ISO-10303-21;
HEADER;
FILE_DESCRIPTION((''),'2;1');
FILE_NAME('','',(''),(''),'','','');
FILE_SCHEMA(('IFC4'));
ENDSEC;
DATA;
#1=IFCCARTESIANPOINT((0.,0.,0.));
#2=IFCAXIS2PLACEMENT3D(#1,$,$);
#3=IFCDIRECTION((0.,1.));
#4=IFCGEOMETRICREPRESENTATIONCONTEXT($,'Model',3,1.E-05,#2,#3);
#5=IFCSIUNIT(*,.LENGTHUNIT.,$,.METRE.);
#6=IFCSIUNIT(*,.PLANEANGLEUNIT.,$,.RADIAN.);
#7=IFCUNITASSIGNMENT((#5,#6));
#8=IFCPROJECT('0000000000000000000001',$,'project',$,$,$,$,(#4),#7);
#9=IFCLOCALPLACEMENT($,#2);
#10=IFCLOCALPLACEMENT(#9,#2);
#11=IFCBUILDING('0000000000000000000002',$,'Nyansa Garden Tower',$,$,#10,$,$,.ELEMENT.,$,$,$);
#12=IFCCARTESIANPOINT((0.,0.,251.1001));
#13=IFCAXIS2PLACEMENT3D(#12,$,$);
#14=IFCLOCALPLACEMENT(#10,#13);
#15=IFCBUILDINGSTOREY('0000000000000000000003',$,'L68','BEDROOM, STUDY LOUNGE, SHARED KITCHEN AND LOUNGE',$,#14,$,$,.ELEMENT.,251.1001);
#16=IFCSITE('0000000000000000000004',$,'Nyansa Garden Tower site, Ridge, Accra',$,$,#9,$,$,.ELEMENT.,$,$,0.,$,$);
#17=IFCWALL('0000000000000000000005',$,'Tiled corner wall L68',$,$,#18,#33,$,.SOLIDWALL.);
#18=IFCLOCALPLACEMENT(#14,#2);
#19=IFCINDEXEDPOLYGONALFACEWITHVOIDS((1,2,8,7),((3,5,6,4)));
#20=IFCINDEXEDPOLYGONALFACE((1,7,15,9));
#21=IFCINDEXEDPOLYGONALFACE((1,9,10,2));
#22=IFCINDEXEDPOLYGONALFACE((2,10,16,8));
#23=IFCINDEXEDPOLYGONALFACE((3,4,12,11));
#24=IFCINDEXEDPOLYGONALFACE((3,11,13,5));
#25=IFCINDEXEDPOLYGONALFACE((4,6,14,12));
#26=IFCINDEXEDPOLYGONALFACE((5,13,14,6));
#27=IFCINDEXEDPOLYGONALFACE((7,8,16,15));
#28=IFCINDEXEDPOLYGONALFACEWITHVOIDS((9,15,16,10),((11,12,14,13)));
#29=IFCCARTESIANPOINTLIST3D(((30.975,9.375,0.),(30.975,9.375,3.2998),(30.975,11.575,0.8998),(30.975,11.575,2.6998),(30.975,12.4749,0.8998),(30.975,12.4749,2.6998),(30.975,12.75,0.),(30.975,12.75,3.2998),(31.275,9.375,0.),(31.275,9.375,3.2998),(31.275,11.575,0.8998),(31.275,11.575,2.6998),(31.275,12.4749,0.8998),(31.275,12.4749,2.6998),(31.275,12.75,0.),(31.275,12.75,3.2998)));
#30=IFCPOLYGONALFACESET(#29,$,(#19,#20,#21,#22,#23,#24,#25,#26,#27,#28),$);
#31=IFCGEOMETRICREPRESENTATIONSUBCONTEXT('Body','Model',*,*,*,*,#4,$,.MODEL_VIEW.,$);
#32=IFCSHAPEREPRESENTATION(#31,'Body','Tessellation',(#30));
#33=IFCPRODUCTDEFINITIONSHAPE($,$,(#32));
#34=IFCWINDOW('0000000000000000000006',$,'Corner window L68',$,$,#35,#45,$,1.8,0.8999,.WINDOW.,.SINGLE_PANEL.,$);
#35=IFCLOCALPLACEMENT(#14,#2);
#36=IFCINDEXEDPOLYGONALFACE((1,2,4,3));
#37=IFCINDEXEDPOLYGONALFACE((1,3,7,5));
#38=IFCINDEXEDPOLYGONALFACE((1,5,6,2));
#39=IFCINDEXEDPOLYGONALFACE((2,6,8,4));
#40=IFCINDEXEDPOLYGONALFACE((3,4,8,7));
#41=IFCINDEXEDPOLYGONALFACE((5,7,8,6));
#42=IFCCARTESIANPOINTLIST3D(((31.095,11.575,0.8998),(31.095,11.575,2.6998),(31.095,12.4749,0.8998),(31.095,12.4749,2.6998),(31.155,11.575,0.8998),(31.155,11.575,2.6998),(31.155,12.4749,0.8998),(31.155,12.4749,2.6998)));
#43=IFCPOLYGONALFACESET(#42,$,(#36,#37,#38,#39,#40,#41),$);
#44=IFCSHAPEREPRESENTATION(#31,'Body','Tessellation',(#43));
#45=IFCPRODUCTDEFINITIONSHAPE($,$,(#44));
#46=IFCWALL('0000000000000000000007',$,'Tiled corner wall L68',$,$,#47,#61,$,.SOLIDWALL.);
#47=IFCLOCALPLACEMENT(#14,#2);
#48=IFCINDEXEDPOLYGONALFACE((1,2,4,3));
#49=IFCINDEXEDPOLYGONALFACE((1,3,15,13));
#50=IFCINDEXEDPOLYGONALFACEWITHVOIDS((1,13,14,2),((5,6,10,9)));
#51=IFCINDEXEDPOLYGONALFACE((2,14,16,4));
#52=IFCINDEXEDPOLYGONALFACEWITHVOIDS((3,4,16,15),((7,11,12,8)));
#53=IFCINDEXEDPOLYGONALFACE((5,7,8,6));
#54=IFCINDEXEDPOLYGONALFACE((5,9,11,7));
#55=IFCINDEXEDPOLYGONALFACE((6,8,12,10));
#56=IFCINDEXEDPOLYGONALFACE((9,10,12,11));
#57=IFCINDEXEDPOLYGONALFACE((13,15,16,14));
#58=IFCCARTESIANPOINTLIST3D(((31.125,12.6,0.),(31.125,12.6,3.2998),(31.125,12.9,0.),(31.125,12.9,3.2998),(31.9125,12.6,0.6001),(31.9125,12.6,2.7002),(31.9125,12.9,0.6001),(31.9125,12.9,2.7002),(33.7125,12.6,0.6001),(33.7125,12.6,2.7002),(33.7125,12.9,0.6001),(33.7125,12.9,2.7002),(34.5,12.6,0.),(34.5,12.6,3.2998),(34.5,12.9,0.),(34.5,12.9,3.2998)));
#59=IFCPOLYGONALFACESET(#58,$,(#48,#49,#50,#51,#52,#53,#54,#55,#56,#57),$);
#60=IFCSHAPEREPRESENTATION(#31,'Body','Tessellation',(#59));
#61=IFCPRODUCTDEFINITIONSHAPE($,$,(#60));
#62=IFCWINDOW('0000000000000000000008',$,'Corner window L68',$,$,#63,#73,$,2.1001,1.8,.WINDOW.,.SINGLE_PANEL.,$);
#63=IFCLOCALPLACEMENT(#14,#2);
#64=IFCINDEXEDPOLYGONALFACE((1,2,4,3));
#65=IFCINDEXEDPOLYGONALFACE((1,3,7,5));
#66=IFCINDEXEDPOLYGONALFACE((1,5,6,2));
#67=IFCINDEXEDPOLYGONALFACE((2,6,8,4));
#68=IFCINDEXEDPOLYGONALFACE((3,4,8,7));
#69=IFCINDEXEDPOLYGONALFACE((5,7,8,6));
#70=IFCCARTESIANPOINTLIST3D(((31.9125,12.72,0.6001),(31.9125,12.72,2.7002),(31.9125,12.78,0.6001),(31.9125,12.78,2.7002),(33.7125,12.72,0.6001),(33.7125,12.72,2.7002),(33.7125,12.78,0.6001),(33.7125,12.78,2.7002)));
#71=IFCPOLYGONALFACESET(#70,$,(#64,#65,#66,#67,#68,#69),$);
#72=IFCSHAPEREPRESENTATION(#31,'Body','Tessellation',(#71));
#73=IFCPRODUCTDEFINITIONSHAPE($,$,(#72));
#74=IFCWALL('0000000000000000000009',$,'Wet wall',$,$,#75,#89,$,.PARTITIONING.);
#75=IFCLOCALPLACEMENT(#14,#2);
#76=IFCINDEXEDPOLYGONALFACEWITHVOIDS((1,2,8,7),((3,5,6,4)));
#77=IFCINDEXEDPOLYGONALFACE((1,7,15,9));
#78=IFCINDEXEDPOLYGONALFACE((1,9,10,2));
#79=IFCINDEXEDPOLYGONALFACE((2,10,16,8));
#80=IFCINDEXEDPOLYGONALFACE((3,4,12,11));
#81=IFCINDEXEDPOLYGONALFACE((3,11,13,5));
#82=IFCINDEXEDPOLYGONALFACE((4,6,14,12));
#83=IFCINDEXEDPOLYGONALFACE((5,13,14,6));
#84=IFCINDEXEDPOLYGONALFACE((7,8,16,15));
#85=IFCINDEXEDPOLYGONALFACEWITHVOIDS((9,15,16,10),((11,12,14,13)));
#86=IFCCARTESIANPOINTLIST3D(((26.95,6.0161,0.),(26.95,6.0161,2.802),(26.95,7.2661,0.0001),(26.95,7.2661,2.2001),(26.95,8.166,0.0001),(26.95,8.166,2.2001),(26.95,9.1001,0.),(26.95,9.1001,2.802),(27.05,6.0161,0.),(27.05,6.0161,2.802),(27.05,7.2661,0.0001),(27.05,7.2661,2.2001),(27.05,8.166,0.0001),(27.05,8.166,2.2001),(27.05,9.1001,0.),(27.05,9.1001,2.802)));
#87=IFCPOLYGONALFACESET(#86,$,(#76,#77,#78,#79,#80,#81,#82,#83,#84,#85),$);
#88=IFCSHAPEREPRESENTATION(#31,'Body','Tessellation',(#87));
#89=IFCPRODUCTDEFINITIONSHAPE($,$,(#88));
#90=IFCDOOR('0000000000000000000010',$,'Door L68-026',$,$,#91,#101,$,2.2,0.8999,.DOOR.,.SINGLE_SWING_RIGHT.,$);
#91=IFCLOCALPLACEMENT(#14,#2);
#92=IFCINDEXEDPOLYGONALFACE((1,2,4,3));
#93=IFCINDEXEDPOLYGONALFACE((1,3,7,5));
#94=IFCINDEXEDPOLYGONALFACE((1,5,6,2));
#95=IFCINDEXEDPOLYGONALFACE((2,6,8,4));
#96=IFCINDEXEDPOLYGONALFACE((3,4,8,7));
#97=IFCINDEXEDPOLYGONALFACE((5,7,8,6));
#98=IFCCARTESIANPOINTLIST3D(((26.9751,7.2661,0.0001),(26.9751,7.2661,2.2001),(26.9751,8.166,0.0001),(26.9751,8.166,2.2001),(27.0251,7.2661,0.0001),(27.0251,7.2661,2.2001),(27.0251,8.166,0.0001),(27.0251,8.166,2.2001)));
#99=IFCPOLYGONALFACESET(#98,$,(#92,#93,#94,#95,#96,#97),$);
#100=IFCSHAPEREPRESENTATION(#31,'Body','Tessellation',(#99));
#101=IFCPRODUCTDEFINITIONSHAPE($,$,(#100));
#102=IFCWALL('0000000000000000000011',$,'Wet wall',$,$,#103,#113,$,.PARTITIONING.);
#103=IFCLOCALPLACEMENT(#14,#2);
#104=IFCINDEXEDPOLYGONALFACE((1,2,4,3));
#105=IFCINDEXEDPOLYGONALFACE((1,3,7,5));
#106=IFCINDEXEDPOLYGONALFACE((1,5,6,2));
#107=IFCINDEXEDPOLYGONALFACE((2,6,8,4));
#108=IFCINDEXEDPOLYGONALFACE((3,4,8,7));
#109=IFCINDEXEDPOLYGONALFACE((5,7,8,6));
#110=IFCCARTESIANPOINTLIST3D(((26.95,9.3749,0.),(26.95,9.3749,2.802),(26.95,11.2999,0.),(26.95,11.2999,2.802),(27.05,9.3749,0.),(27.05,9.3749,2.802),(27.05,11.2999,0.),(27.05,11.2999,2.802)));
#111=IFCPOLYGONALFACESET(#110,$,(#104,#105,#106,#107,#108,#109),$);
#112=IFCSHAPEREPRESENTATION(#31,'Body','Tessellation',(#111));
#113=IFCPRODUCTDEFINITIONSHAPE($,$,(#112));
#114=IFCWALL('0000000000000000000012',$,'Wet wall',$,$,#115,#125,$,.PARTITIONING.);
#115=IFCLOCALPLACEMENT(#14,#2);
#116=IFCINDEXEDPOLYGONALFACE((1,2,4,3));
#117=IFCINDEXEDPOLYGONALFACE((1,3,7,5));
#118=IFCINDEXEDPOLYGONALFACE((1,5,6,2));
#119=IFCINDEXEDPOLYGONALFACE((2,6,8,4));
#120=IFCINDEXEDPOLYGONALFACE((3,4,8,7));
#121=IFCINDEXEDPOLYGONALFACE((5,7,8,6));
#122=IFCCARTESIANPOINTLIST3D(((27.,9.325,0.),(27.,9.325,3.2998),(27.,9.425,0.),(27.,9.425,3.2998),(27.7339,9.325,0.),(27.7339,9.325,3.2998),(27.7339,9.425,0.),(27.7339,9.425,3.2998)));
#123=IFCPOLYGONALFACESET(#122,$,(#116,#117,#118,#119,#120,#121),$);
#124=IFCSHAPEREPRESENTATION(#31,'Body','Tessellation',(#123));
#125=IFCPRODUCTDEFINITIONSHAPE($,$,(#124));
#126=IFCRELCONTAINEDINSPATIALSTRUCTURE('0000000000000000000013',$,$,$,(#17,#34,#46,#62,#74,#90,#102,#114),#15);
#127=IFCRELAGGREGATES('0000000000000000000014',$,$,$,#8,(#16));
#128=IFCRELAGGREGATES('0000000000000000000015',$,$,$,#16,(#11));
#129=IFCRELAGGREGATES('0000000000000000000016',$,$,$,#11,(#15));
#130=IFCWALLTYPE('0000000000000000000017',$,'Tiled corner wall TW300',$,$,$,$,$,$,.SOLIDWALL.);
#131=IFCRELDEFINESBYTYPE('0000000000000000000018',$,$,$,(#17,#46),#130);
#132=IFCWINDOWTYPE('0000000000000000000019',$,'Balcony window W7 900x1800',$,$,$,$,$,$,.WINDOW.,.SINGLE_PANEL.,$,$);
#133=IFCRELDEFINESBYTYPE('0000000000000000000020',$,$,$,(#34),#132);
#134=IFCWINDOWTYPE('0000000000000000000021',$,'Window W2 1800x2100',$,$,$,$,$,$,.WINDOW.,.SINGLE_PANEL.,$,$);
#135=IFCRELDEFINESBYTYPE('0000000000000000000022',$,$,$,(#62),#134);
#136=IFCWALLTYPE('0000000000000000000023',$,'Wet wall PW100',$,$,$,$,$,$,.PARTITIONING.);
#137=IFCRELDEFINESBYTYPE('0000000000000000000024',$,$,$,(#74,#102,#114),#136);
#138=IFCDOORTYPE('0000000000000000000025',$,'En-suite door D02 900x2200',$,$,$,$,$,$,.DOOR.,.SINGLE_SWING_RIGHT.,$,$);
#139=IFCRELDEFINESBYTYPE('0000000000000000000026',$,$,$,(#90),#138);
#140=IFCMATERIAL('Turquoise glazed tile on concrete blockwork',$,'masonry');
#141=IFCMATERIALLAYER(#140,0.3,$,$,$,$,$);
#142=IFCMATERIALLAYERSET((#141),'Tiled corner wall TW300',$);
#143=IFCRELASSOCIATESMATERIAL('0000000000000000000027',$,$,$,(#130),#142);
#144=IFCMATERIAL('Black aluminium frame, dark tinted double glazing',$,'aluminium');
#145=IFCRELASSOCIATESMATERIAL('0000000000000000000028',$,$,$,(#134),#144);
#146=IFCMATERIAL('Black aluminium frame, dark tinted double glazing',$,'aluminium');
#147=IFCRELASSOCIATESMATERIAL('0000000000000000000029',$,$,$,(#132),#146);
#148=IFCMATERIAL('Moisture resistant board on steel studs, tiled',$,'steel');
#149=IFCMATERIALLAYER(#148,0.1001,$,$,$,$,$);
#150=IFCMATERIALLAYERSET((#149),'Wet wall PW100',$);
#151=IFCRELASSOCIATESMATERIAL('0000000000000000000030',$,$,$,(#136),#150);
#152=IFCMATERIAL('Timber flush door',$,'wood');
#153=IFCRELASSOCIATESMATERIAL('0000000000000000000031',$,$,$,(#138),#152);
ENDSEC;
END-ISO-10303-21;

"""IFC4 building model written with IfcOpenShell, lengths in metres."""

from ifc_helpers import new_model, si_unit, direction, frame, frame_2d, origin, place, context, subcontext, project, spatial, rectangle, extrude, material, layer, layer_set, type_object, element, fill, save


model = new_model("IFC4")

# Units and contexts
model_context = context("Model", 3, precision=1e-05, world=origin(), true_north=direction((0.0, 1.0)))
body_context = subcontext(model_context, "Body", "Model", "MODEL_VIEW")
ifc_project = project(units=[si_unit("LENGTHUNIT", "METRE"), si_unit("PLANEANGLEUNIT", "RADIAN")], contexts=[model_context])

# Site, building, storey
site_placement = place(None, origin())
site = spatial("IfcSite", under=ifc_project, at=site_placement, Name="Nyansa Garden Tower site, Ridge, Accra", CompositionType="ELEMENT", RefElevation=0.0)
building_placement = place(site_placement, origin())
building = spatial("IfcBuilding", under=site, at=building_placement, Name="Nyansa Garden Tower", CompositionType="ELEMENT")
storey_placement = place(building_placement, frame((0.0, 0.0, 251.1001)))
storey = spatial("IfcBuildingStorey", under=building, at=storey_placement, Name="L68", Description="BEDROOM, STUDY LOUNGE, SHARED KITCHEN AND LOUNGE", CompositionType="ELEMENT", Elevation=251.1001)

# Walls, openings, windows
ifc_material_1 = material(Name="Turquoise glazed tile on concrete blockwork", Category="masonry")
ifc_layer_1 = layer(ifc_material_1, 0.3)
ifc_layer_set_1 = layer_set([ifc_layer_1], Name="Tiled corner wall TW300")
wall_type_1 = type_object("IfcWallType", Name="Tiled corner wall TW300", PredefinedType="SOLIDWALL", material=ifc_layer_set_1)
ifc_material_2 = material(Name="Black aluminium frame, dark tinted double glazing", Category="aluminium")
window_type_1 = type_object("IfcWindowType", Name="Window W2 1800x2100", PartitioningType="SINGLE_PANEL", PredefinedType="WINDOW", material=ifc_material_2)
wall_1_placement = place(storey_placement, frame((31.125, 9.375, 0.0), z_axis=(0.0, 0.0, 1.0), x_axis=(0.0, 1.0, 0.0)))
wall_1 = element("IfcWall", 1, at=wall_1_placement, inside=storey, type_object=wall_type_1, Name="Tiled corner wall L68", PredefinedType="SOLIDWALL", context=body_context, shape_type="SweptSolid", body=[
    extrude(rectangle(XDim=3.375, YDim=0.3, at=frame_2d((1.6875, 0.0))), origin(), (0.0, 0.0, 1.0), 3.2998),
])
opening_1_placement = place(wall_1_placement, frame((2.2, 0.0, 0.8999)))
opening_1 = element("IfcOpeningElement", 2, at=opening_1_placement, cuts=wall_1, PredefinedType="OPENING", context=body_context, shape_type="SweptSolid", body=[
    extrude(rectangle(XDim=0.8999, YDim=1.8, at=frame_2d((0.45, 0.8999))), frame((0.0, 0.1599, 0.0), z_axis=(0.0, -1.0, 0.0), x_axis=(1.0, 0.0, 0.0)), (0.0, 0.0, 1.0), 0.3201),
])
ifc_material_3 = material(Name="Black aluminium frame, dark tinted double glazing", Category="aluminium")
window_type_2 = type_object("IfcWindowType", Name="Balcony window W7 900x1800", PartitioningType="SINGLE_PANEL", PredefinedType="WINDOW", material=ifc_material_3)
window_1_placement = place(opening_1_placement, origin())
window_1 = element("IfcWindow", 3, at=window_1_placement, inside=storey, type_object=window_type_2, Name="Corner window L68", OverallHeight=1.8, OverallWidth=0.8999, PartitioningType="SINGLE_PANEL", PredefinedType="WINDOW", context=body_context, shape_type="SweptSolid", body=[
    extrude(rectangle(XDim=0.8999, YDim=1.8, at=frame_2d((0.45, 0.8999))), frame((0.0, 0.03, 0.0), z_axis=(0.0, -1.0, 0.0), x_axis=(1.0, 0.0, 0.0)), (0.0, 0.0, 1.0), 0.0601),
])
fill(opening_1, window_1)
wall_2_placement = place(storey_placement, frame((31.125, 12.75, 0.0), z_axis=(0.0, 0.0, 1.0), x_axis=(1.0, 0.0, 0.0)))
wall_2 = element("IfcWall", 4, at=wall_2_placement, inside=storey, type_object=wall_type_1, Name="Tiled corner wall L68", PredefinedType="SOLIDWALL", context=body_context, shape_type="SweptSolid", body=[
    extrude(rectangle(XDim=3.375, YDim=0.3, at=frame_2d((1.6875, 0.0))), origin(), (0.0, 0.0, 1.0), 3.2998),
])
opening_2_placement = place(wall_2_placement, frame((0.7876, 0.0, 0.6001)))
opening_2 = element("IfcOpeningElement", 5, at=opening_2_placement, cuts=wall_2, PredefinedType="OPENING", context=body_context, shape_type="SweptSolid", body=[
    extrude(rectangle(XDim=1.8, YDim=2.1001, at=frame_2d((0.8999, 1.05))), frame((0.0, 0.1599, 0.0), z_axis=(0.0, -1.0, 0.0), x_axis=(1.0, 0.0, 0.0)), (0.0, 0.0, 1.0), 0.3201),
])
window_2_placement = place(opening_2_placement, origin())
window_2 = element("IfcWindow", 6, at=window_2_placement, inside=storey, type_object=window_type_1, Name="Corner window L68", OverallHeight=2.1001, OverallWidth=1.8, PartitioningType="SINGLE_PANEL", PredefinedType="WINDOW", context=body_context, shape_type="SweptSolid", body=[
    extrude(rectangle(XDim=1.8, YDim=2.1001, at=frame_2d((0.8999, 1.05))), frame((0.0, 0.03, 0.0), z_axis=(0.0, -1.0, 0.0), x_axis=(1.0, 0.0, 0.0)), (0.0, 0.0, 1.0), 0.0601),
])
fill(opening_2, window_2)

# Wall, opening, door
ifc_material_4 = material(Name="Moisture resistant board on steel studs, tiled", Category="steel")
ifc_layer_2 = layer(ifc_material_4, 0.1001)
ifc_layer_set_2 = layer_set([ifc_layer_2], Name="Wet wall PW100")
wall_type_2 = type_object("IfcWallType", Name="Wet wall PW100", PredefinedType="PARTITIONING", material=ifc_layer_set_2)
wall_3_placement = place(storey_placement, frame((27.0, 6.0161, 0.0), z_axis=(0.0, 0.0, 1.0), x_axis=(0.0, 1.0, 0.0)))
wall_3 = element("IfcWall", 7, at=wall_3_placement, inside=storey, type_object=wall_type_2, Name="Wet wall", PredefinedType="PARTITIONING", context=body_context, shape_type="SweptSolid", body=[
    extrude(rectangle(XDim=3.084, YDim=0.1001, at=frame_2d((1.542, 0.0))), origin(), (0.0, 0.0, 1.0), 2.802),
])
opening_3_placement = place(wall_3_placement, frame((1.25, 0.0, 0.0)))
opening_3 = element("IfcOpeningElement", 8, at=opening_3_placement, cuts=wall_3, PredefinedType="OPENING", context=body_context, shape_type="SweptSolid", body=[
    extrude(rectangle(XDim=0.8999, YDim=2.2, at=frame_2d((0.45, 1.1001))), frame((0.0, 0.0601, 0.0), z_axis=(0.0, -1.0, 0.0), x_axis=(1.0, 0.0, 0.0)), (0.0, 0.0, 1.0), 0.1201),
])
ifc_material_5 = material(Name="Timber flush door", Category="wood")
door_type_1 = type_object("IfcDoorType", Name="En-suite door D02 900x2200", OperationType="SINGLE_SWING_RIGHT", PredefinedType="DOOR", material=ifc_material_5)
door_1_placement = place(opening_3_placement, origin())
door_1 = element("IfcDoor", 9, at=door_1_placement, inside=storey, type_object=door_type_1, Name="Door L68-026", OperationType="SINGLE_SWING_RIGHT", OverallHeight=2.2, OverallWidth=0.8999, PredefinedType="DOOR", context=body_context, shape_type="SweptSolid", body=[
    extrude(rectangle(XDim=0.8999, YDim=2.2, at=frame_2d((0.45, 1.1001))), frame((0.0, 0.0249, 0.0), z_axis=(0.0, -1.0, 0.0), x_axis=(1.0, 0.0, 0.0)), (0.0, 0.0, 1.0), 0.05),
])
fill(opening_3, door_1)

# Walls
wall_4_placement = place(storey_placement, frame((27.0, 9.375, 0.0), z_axis=(0.0, 0.0, 1.0), x_axis=(0.0, 1.0, 0.0)))
element("IfcWall", 10, at=wall_4_placement, inside=storey, type_object=wall_type_2, Name="Wet wall", PredefinedType="PARTITIONING", context=body_context, shape_type="SweptSolid", body=[
    extrude(rectangle(XDim=1.925, YDim=0.1001, at=frame_2d((0.9624, 0.0))), origin(), (0.0, 0.0, 1.0), 2.802),
])
wall_5_placement = place(storey_placement, frame((27.0, 9.375, 0.0), z_axis=(0.0, 0.0, 1.0), x_axis=(1.0, 0.0, 0.0)))
element("IfcWall", 11, at=wall_5_placement, inside=storey, type_object=wall_type_2, Name="Wet wall", PredefinedType="PARTITIONING", context=body_context, shape_type="SweptSolid", body=[
    extrude(rectangle(XDim=0.7339, YDim=0.1001, at=frame_2d((0.3669, 0.0))), origin(), (0.0, 0.0, 1.0), 3.2998),
])

save(model, "model.ifc")
